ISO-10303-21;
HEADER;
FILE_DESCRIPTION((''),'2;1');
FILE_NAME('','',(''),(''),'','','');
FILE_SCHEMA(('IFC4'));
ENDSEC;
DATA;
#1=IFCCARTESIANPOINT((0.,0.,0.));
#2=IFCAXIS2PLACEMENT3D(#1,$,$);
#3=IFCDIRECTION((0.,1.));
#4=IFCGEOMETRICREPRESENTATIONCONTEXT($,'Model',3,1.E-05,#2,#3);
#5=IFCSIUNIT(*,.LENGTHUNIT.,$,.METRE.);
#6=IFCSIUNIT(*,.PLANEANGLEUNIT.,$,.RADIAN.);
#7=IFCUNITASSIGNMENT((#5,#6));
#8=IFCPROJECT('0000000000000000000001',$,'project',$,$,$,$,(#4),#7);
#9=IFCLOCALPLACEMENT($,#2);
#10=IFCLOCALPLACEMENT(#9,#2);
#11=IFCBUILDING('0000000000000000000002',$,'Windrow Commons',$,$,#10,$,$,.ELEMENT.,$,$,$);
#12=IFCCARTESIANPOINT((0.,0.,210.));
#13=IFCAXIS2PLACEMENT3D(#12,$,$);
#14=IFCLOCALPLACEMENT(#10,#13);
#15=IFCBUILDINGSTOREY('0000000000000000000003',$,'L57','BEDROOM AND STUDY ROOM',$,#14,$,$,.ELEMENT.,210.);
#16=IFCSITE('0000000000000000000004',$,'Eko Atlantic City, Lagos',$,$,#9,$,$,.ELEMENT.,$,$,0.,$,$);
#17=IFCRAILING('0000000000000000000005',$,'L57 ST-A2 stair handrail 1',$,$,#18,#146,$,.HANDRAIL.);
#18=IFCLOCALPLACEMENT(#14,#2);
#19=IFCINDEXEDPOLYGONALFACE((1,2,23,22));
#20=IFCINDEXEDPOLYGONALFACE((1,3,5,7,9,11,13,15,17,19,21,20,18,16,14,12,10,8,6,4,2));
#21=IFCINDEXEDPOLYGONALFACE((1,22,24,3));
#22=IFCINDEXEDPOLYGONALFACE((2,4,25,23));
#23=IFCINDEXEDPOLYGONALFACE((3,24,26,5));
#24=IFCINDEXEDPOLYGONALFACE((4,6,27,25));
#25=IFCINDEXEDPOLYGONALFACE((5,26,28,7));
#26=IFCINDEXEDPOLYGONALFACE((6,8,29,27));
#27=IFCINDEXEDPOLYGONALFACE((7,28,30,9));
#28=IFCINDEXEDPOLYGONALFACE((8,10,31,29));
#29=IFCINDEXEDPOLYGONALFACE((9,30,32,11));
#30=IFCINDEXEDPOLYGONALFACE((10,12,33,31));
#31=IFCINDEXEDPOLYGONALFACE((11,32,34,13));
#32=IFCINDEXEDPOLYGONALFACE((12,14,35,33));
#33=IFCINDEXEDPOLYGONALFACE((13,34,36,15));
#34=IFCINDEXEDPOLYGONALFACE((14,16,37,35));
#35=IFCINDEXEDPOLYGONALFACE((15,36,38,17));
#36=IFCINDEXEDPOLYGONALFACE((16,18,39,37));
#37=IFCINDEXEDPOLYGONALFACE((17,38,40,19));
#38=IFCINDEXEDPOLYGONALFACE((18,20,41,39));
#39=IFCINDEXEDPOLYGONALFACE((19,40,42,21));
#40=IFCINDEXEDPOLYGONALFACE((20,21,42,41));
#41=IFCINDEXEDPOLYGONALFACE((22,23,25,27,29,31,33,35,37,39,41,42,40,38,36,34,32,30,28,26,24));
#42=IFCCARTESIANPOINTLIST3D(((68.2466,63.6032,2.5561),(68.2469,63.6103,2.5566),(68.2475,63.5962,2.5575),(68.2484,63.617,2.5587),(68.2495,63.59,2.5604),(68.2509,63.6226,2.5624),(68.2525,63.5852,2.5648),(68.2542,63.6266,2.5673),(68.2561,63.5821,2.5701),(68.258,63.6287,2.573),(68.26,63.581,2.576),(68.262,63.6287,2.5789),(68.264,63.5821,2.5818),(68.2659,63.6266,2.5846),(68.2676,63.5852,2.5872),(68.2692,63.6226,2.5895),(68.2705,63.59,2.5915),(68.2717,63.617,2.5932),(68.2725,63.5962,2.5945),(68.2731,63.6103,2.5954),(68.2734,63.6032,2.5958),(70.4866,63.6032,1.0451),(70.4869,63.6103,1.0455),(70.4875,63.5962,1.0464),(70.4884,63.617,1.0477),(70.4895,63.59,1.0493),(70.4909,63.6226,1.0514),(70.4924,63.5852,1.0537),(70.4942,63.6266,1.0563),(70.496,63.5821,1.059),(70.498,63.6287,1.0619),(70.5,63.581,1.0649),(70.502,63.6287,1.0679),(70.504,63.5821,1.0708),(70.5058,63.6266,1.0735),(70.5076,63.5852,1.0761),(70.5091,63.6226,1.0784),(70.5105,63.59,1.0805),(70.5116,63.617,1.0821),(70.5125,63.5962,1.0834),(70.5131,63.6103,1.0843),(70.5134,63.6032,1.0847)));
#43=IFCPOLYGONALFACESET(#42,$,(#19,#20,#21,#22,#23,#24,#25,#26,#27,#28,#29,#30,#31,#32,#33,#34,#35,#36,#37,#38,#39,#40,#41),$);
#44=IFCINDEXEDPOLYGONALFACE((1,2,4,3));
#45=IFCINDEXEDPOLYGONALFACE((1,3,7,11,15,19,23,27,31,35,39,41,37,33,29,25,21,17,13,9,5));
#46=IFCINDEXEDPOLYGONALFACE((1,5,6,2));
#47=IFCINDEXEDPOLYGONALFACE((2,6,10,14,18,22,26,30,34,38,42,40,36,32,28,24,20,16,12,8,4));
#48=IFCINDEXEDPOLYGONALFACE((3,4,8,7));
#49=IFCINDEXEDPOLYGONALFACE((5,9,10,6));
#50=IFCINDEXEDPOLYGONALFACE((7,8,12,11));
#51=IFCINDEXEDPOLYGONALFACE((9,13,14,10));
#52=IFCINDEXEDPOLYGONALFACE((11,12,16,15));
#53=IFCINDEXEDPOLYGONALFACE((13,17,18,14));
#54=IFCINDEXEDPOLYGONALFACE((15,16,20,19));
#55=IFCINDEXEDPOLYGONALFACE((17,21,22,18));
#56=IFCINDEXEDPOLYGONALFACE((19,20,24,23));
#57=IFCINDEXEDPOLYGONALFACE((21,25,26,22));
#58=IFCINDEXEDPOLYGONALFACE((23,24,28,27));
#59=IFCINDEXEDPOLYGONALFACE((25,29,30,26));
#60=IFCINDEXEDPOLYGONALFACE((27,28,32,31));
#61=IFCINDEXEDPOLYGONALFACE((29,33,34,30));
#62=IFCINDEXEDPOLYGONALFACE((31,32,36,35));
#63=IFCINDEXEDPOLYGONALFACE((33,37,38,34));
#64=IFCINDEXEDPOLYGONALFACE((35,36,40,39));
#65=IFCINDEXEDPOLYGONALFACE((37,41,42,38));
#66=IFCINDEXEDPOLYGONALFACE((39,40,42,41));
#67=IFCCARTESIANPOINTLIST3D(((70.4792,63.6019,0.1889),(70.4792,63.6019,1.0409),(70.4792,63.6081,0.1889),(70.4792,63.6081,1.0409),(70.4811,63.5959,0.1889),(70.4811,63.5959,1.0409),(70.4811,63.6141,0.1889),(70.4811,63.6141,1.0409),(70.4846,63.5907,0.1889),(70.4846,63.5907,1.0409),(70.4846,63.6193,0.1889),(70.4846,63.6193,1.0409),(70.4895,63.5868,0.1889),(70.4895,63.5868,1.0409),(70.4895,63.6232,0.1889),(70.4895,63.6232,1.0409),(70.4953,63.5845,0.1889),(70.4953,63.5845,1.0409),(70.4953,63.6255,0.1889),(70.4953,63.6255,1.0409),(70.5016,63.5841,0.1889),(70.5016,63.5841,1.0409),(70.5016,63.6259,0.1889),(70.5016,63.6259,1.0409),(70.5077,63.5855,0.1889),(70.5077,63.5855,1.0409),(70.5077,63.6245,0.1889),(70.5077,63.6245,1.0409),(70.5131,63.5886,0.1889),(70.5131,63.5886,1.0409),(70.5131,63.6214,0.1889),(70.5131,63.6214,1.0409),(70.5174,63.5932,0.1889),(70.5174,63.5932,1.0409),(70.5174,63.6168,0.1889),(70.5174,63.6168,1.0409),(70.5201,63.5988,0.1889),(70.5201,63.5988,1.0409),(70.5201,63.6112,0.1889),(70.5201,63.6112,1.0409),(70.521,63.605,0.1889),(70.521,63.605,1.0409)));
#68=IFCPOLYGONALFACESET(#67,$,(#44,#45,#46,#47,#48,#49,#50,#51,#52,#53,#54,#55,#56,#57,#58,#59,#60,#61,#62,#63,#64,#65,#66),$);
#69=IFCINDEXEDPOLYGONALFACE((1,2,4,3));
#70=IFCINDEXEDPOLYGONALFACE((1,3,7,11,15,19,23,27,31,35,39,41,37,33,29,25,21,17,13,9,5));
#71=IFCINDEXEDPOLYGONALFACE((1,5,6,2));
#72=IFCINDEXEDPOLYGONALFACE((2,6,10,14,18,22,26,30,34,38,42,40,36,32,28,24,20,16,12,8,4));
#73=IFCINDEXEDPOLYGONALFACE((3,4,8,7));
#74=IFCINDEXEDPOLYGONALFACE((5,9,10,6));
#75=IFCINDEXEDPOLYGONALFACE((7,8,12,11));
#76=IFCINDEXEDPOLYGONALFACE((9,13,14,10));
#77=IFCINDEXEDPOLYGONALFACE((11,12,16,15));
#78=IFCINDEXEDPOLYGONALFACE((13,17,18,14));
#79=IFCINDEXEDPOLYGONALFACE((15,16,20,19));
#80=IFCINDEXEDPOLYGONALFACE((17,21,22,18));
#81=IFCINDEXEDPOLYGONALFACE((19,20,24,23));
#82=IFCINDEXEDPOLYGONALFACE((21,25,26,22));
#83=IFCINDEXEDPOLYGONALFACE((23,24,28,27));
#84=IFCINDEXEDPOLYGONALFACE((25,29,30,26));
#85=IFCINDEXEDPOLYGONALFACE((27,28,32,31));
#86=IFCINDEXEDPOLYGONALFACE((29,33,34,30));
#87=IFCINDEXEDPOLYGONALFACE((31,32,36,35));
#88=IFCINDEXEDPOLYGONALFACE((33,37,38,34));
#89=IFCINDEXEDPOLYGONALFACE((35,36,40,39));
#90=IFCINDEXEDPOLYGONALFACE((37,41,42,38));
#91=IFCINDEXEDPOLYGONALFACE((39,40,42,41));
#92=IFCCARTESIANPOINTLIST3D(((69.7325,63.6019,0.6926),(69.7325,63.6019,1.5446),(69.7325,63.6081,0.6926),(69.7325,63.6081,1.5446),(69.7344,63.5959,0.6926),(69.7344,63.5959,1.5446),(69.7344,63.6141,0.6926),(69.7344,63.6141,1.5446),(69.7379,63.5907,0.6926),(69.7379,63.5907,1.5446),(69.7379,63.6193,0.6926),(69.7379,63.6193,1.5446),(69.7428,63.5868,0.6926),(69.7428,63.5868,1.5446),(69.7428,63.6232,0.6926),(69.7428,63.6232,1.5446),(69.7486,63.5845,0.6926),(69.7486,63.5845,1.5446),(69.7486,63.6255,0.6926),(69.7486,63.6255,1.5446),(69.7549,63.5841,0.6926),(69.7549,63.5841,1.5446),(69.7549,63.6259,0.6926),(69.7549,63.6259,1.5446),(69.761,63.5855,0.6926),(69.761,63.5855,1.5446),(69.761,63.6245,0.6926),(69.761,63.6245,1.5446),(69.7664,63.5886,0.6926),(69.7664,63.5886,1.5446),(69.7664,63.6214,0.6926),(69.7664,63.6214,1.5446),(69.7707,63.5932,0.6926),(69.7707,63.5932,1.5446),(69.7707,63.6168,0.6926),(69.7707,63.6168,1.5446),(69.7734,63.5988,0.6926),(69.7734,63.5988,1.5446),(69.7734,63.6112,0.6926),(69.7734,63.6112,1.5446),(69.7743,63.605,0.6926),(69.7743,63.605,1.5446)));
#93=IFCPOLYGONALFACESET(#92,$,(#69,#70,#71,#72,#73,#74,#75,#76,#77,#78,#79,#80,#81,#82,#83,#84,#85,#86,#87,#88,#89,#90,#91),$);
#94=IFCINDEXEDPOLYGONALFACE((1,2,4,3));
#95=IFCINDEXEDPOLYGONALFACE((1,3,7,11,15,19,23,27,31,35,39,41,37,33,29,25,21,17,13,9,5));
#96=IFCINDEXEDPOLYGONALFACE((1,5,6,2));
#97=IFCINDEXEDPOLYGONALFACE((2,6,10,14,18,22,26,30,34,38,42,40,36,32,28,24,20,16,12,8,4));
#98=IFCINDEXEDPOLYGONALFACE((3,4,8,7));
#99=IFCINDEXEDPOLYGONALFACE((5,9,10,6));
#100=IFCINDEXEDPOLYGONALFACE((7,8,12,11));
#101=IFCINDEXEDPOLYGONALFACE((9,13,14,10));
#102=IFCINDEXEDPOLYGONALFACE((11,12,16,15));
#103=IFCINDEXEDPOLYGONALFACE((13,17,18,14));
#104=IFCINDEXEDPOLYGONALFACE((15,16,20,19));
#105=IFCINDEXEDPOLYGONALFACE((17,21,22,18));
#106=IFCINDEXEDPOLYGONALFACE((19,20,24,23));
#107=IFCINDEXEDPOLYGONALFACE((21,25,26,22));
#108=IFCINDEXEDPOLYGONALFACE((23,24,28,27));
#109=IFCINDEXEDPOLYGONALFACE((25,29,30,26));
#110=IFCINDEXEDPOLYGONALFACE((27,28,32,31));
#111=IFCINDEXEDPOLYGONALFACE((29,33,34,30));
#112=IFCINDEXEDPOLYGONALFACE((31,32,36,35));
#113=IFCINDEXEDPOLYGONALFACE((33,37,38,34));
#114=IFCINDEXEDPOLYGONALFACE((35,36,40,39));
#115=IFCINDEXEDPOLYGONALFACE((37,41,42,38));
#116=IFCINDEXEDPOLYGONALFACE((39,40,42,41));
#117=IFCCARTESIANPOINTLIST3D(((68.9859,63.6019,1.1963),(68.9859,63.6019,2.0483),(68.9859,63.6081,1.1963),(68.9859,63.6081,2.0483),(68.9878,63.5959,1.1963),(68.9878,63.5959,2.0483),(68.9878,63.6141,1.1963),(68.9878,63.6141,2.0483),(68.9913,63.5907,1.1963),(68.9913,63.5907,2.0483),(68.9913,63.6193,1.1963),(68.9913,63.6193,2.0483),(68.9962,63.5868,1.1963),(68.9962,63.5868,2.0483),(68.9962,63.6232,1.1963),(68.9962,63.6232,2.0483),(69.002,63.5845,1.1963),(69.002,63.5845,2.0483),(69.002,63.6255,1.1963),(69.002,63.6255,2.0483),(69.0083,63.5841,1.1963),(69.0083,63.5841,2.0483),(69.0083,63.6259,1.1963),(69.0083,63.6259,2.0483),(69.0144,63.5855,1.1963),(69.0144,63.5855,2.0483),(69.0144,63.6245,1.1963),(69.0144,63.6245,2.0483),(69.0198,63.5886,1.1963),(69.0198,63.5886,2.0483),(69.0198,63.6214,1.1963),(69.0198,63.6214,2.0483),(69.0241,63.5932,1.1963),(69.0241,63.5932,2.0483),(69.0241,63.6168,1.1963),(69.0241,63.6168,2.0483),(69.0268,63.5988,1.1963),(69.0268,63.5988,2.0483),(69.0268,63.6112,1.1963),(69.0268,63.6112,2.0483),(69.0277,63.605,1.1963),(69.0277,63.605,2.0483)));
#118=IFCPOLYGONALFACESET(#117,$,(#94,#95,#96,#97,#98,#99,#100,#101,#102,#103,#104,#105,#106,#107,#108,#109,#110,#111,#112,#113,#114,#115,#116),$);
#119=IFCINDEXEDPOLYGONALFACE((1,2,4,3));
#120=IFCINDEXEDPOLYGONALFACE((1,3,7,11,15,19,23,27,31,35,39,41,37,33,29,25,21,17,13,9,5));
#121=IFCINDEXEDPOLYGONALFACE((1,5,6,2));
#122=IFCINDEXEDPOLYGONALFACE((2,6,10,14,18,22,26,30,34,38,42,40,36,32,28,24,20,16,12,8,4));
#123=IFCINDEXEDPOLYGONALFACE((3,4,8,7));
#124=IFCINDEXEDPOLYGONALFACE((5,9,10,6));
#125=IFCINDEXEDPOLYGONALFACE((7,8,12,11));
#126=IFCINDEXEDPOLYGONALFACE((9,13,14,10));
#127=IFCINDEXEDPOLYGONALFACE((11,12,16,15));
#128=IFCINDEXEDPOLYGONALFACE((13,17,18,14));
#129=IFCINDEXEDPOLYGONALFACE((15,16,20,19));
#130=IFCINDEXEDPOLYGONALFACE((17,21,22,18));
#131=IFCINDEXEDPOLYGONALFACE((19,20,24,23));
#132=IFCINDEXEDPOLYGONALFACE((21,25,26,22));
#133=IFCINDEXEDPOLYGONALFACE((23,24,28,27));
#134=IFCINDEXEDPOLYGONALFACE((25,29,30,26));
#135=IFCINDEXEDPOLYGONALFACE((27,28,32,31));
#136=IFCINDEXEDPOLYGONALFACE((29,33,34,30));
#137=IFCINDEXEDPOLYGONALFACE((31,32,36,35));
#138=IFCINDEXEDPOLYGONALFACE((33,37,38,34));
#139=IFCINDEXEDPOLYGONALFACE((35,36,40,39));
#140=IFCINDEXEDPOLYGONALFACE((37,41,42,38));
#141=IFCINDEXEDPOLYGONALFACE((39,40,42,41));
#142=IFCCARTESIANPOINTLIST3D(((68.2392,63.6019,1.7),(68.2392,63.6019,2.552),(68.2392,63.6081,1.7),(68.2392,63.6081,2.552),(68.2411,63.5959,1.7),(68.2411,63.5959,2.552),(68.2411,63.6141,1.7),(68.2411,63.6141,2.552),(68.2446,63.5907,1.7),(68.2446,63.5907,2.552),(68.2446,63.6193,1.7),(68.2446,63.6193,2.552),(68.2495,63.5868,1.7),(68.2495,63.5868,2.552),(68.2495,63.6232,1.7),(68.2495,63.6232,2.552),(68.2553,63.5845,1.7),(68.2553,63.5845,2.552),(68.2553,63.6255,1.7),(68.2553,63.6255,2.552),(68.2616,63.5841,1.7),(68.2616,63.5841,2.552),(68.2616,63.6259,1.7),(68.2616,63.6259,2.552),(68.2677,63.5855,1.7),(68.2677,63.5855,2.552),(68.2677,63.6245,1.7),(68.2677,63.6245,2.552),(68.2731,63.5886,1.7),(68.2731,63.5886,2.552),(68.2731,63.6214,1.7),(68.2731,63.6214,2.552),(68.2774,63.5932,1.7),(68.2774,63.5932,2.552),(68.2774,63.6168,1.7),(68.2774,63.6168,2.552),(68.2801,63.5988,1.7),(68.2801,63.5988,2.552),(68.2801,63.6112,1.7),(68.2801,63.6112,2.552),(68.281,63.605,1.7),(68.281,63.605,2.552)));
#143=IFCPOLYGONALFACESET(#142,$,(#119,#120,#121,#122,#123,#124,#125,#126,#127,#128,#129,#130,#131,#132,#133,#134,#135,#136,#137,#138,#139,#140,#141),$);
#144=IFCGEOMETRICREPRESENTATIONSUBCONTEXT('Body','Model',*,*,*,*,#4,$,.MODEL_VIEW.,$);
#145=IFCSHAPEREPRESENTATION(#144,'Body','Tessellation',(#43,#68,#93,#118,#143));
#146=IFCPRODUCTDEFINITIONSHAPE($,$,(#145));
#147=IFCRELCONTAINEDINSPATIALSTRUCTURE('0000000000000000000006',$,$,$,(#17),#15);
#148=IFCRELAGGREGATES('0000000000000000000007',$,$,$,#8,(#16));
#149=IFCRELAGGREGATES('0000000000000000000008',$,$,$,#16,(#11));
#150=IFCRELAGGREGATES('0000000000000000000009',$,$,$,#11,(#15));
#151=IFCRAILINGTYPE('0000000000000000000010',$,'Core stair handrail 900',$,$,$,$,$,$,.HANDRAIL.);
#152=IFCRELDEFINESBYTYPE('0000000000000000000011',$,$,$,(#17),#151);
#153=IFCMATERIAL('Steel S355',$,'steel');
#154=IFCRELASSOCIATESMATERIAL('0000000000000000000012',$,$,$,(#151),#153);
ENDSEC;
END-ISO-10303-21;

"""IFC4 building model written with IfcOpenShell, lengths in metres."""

from ifc_helpers import new_model, si_unit, direction, frame, origin, origin_2d, place, context, subcontext, project, spatial, circle, extrude, material, type_object, element, save


model = new_model("IFC4")

# Units and contexts
model_context = context("Model", 3, precision=1e-05, world=origin(), true_north=direction((0.0, 1.0)))
body_context = subcontext(model_context, "Body", "Model", "MODEL_VIEW")
ifc_project = project(units=[si_unit("LENGTHUNIT", "METRE"), si_unit("PLANEANGLEUNIT", "RADIAN")], contexts=[model_context])

# Site, building, storey
site_placement = place(None, origin())
site = spatial("IfcSite", under=ifc_project, at=site_placement, Name="Eko Atlantic City, Lagos", CompositionType="ELEMENT", RefElevation=0.0)
building_placement = place(site_placement, origin())
building = spatial("IfcBuilding", under=site, at=building_placement, Name="Windrow Commons", CompositionType="ELEMENT")
storey_placement = place(building_placement, frame((0.0, 0.0, 210.0)))
storey = spatial("IfcBuildingStorey", under=building, at=storey_placement, Name="L57", Description="BEDROOM AND STUDY ROOM", CompositionType="ELEMENT", Elevation=210.0)

# Railing
ifc_material_1 = material(Name="Steel S355", Category="steel")
railing_type_1 = type_object("IfcRailingType", Name="Core stair handrail 900", PredefinedType="HANDRAIL", material=ifc_material_1)
railing_1_placement = place(storey_placement, frame((70.5, 63.605, 0.1889)))
element("IfcRailing", 1, at=railing_1_placement, inside=storey, type_object=railing_type_1, Name="L57 ST-A2 stair handrail 1", PredefinedType="HANDRAIL", context=body_context, shape_type="SweptSolid", body=[
    extrude(circle(Radius=0.024, at=origin_2d()), frame((0.0, 0.0, 0.876), z_axis=(-0.829003, 0.0, 0.559244), x_axis=(0.0, -1.0, 0.0)), (0.0, 0.0, 1.0), 2.702),
    extrude(circle(Radius=0.021, at=origin_2d()), origin(), (0.0, 0.0, 1.0), 0.852),
    extrude(circle(Radius=0.021, at=origin_2d()), frame((-0.7467, 0.0, 0.5037)), (0.0, 0.0, 1.0), 0.852),
    extrude(circle(Radius=0.021, at=origin_2d()), frame((-1.4933, 0.0, 1.0074)), (0.0, 0.0, 1.0), 0.852),
    extrude(circle(Radius=0.021, at=origin_2d()), frame((-2.24, 0.0, 1.5111)), (0.0, 0.0, 1.0), 0.852),
])

save(model, "model.ifc")
